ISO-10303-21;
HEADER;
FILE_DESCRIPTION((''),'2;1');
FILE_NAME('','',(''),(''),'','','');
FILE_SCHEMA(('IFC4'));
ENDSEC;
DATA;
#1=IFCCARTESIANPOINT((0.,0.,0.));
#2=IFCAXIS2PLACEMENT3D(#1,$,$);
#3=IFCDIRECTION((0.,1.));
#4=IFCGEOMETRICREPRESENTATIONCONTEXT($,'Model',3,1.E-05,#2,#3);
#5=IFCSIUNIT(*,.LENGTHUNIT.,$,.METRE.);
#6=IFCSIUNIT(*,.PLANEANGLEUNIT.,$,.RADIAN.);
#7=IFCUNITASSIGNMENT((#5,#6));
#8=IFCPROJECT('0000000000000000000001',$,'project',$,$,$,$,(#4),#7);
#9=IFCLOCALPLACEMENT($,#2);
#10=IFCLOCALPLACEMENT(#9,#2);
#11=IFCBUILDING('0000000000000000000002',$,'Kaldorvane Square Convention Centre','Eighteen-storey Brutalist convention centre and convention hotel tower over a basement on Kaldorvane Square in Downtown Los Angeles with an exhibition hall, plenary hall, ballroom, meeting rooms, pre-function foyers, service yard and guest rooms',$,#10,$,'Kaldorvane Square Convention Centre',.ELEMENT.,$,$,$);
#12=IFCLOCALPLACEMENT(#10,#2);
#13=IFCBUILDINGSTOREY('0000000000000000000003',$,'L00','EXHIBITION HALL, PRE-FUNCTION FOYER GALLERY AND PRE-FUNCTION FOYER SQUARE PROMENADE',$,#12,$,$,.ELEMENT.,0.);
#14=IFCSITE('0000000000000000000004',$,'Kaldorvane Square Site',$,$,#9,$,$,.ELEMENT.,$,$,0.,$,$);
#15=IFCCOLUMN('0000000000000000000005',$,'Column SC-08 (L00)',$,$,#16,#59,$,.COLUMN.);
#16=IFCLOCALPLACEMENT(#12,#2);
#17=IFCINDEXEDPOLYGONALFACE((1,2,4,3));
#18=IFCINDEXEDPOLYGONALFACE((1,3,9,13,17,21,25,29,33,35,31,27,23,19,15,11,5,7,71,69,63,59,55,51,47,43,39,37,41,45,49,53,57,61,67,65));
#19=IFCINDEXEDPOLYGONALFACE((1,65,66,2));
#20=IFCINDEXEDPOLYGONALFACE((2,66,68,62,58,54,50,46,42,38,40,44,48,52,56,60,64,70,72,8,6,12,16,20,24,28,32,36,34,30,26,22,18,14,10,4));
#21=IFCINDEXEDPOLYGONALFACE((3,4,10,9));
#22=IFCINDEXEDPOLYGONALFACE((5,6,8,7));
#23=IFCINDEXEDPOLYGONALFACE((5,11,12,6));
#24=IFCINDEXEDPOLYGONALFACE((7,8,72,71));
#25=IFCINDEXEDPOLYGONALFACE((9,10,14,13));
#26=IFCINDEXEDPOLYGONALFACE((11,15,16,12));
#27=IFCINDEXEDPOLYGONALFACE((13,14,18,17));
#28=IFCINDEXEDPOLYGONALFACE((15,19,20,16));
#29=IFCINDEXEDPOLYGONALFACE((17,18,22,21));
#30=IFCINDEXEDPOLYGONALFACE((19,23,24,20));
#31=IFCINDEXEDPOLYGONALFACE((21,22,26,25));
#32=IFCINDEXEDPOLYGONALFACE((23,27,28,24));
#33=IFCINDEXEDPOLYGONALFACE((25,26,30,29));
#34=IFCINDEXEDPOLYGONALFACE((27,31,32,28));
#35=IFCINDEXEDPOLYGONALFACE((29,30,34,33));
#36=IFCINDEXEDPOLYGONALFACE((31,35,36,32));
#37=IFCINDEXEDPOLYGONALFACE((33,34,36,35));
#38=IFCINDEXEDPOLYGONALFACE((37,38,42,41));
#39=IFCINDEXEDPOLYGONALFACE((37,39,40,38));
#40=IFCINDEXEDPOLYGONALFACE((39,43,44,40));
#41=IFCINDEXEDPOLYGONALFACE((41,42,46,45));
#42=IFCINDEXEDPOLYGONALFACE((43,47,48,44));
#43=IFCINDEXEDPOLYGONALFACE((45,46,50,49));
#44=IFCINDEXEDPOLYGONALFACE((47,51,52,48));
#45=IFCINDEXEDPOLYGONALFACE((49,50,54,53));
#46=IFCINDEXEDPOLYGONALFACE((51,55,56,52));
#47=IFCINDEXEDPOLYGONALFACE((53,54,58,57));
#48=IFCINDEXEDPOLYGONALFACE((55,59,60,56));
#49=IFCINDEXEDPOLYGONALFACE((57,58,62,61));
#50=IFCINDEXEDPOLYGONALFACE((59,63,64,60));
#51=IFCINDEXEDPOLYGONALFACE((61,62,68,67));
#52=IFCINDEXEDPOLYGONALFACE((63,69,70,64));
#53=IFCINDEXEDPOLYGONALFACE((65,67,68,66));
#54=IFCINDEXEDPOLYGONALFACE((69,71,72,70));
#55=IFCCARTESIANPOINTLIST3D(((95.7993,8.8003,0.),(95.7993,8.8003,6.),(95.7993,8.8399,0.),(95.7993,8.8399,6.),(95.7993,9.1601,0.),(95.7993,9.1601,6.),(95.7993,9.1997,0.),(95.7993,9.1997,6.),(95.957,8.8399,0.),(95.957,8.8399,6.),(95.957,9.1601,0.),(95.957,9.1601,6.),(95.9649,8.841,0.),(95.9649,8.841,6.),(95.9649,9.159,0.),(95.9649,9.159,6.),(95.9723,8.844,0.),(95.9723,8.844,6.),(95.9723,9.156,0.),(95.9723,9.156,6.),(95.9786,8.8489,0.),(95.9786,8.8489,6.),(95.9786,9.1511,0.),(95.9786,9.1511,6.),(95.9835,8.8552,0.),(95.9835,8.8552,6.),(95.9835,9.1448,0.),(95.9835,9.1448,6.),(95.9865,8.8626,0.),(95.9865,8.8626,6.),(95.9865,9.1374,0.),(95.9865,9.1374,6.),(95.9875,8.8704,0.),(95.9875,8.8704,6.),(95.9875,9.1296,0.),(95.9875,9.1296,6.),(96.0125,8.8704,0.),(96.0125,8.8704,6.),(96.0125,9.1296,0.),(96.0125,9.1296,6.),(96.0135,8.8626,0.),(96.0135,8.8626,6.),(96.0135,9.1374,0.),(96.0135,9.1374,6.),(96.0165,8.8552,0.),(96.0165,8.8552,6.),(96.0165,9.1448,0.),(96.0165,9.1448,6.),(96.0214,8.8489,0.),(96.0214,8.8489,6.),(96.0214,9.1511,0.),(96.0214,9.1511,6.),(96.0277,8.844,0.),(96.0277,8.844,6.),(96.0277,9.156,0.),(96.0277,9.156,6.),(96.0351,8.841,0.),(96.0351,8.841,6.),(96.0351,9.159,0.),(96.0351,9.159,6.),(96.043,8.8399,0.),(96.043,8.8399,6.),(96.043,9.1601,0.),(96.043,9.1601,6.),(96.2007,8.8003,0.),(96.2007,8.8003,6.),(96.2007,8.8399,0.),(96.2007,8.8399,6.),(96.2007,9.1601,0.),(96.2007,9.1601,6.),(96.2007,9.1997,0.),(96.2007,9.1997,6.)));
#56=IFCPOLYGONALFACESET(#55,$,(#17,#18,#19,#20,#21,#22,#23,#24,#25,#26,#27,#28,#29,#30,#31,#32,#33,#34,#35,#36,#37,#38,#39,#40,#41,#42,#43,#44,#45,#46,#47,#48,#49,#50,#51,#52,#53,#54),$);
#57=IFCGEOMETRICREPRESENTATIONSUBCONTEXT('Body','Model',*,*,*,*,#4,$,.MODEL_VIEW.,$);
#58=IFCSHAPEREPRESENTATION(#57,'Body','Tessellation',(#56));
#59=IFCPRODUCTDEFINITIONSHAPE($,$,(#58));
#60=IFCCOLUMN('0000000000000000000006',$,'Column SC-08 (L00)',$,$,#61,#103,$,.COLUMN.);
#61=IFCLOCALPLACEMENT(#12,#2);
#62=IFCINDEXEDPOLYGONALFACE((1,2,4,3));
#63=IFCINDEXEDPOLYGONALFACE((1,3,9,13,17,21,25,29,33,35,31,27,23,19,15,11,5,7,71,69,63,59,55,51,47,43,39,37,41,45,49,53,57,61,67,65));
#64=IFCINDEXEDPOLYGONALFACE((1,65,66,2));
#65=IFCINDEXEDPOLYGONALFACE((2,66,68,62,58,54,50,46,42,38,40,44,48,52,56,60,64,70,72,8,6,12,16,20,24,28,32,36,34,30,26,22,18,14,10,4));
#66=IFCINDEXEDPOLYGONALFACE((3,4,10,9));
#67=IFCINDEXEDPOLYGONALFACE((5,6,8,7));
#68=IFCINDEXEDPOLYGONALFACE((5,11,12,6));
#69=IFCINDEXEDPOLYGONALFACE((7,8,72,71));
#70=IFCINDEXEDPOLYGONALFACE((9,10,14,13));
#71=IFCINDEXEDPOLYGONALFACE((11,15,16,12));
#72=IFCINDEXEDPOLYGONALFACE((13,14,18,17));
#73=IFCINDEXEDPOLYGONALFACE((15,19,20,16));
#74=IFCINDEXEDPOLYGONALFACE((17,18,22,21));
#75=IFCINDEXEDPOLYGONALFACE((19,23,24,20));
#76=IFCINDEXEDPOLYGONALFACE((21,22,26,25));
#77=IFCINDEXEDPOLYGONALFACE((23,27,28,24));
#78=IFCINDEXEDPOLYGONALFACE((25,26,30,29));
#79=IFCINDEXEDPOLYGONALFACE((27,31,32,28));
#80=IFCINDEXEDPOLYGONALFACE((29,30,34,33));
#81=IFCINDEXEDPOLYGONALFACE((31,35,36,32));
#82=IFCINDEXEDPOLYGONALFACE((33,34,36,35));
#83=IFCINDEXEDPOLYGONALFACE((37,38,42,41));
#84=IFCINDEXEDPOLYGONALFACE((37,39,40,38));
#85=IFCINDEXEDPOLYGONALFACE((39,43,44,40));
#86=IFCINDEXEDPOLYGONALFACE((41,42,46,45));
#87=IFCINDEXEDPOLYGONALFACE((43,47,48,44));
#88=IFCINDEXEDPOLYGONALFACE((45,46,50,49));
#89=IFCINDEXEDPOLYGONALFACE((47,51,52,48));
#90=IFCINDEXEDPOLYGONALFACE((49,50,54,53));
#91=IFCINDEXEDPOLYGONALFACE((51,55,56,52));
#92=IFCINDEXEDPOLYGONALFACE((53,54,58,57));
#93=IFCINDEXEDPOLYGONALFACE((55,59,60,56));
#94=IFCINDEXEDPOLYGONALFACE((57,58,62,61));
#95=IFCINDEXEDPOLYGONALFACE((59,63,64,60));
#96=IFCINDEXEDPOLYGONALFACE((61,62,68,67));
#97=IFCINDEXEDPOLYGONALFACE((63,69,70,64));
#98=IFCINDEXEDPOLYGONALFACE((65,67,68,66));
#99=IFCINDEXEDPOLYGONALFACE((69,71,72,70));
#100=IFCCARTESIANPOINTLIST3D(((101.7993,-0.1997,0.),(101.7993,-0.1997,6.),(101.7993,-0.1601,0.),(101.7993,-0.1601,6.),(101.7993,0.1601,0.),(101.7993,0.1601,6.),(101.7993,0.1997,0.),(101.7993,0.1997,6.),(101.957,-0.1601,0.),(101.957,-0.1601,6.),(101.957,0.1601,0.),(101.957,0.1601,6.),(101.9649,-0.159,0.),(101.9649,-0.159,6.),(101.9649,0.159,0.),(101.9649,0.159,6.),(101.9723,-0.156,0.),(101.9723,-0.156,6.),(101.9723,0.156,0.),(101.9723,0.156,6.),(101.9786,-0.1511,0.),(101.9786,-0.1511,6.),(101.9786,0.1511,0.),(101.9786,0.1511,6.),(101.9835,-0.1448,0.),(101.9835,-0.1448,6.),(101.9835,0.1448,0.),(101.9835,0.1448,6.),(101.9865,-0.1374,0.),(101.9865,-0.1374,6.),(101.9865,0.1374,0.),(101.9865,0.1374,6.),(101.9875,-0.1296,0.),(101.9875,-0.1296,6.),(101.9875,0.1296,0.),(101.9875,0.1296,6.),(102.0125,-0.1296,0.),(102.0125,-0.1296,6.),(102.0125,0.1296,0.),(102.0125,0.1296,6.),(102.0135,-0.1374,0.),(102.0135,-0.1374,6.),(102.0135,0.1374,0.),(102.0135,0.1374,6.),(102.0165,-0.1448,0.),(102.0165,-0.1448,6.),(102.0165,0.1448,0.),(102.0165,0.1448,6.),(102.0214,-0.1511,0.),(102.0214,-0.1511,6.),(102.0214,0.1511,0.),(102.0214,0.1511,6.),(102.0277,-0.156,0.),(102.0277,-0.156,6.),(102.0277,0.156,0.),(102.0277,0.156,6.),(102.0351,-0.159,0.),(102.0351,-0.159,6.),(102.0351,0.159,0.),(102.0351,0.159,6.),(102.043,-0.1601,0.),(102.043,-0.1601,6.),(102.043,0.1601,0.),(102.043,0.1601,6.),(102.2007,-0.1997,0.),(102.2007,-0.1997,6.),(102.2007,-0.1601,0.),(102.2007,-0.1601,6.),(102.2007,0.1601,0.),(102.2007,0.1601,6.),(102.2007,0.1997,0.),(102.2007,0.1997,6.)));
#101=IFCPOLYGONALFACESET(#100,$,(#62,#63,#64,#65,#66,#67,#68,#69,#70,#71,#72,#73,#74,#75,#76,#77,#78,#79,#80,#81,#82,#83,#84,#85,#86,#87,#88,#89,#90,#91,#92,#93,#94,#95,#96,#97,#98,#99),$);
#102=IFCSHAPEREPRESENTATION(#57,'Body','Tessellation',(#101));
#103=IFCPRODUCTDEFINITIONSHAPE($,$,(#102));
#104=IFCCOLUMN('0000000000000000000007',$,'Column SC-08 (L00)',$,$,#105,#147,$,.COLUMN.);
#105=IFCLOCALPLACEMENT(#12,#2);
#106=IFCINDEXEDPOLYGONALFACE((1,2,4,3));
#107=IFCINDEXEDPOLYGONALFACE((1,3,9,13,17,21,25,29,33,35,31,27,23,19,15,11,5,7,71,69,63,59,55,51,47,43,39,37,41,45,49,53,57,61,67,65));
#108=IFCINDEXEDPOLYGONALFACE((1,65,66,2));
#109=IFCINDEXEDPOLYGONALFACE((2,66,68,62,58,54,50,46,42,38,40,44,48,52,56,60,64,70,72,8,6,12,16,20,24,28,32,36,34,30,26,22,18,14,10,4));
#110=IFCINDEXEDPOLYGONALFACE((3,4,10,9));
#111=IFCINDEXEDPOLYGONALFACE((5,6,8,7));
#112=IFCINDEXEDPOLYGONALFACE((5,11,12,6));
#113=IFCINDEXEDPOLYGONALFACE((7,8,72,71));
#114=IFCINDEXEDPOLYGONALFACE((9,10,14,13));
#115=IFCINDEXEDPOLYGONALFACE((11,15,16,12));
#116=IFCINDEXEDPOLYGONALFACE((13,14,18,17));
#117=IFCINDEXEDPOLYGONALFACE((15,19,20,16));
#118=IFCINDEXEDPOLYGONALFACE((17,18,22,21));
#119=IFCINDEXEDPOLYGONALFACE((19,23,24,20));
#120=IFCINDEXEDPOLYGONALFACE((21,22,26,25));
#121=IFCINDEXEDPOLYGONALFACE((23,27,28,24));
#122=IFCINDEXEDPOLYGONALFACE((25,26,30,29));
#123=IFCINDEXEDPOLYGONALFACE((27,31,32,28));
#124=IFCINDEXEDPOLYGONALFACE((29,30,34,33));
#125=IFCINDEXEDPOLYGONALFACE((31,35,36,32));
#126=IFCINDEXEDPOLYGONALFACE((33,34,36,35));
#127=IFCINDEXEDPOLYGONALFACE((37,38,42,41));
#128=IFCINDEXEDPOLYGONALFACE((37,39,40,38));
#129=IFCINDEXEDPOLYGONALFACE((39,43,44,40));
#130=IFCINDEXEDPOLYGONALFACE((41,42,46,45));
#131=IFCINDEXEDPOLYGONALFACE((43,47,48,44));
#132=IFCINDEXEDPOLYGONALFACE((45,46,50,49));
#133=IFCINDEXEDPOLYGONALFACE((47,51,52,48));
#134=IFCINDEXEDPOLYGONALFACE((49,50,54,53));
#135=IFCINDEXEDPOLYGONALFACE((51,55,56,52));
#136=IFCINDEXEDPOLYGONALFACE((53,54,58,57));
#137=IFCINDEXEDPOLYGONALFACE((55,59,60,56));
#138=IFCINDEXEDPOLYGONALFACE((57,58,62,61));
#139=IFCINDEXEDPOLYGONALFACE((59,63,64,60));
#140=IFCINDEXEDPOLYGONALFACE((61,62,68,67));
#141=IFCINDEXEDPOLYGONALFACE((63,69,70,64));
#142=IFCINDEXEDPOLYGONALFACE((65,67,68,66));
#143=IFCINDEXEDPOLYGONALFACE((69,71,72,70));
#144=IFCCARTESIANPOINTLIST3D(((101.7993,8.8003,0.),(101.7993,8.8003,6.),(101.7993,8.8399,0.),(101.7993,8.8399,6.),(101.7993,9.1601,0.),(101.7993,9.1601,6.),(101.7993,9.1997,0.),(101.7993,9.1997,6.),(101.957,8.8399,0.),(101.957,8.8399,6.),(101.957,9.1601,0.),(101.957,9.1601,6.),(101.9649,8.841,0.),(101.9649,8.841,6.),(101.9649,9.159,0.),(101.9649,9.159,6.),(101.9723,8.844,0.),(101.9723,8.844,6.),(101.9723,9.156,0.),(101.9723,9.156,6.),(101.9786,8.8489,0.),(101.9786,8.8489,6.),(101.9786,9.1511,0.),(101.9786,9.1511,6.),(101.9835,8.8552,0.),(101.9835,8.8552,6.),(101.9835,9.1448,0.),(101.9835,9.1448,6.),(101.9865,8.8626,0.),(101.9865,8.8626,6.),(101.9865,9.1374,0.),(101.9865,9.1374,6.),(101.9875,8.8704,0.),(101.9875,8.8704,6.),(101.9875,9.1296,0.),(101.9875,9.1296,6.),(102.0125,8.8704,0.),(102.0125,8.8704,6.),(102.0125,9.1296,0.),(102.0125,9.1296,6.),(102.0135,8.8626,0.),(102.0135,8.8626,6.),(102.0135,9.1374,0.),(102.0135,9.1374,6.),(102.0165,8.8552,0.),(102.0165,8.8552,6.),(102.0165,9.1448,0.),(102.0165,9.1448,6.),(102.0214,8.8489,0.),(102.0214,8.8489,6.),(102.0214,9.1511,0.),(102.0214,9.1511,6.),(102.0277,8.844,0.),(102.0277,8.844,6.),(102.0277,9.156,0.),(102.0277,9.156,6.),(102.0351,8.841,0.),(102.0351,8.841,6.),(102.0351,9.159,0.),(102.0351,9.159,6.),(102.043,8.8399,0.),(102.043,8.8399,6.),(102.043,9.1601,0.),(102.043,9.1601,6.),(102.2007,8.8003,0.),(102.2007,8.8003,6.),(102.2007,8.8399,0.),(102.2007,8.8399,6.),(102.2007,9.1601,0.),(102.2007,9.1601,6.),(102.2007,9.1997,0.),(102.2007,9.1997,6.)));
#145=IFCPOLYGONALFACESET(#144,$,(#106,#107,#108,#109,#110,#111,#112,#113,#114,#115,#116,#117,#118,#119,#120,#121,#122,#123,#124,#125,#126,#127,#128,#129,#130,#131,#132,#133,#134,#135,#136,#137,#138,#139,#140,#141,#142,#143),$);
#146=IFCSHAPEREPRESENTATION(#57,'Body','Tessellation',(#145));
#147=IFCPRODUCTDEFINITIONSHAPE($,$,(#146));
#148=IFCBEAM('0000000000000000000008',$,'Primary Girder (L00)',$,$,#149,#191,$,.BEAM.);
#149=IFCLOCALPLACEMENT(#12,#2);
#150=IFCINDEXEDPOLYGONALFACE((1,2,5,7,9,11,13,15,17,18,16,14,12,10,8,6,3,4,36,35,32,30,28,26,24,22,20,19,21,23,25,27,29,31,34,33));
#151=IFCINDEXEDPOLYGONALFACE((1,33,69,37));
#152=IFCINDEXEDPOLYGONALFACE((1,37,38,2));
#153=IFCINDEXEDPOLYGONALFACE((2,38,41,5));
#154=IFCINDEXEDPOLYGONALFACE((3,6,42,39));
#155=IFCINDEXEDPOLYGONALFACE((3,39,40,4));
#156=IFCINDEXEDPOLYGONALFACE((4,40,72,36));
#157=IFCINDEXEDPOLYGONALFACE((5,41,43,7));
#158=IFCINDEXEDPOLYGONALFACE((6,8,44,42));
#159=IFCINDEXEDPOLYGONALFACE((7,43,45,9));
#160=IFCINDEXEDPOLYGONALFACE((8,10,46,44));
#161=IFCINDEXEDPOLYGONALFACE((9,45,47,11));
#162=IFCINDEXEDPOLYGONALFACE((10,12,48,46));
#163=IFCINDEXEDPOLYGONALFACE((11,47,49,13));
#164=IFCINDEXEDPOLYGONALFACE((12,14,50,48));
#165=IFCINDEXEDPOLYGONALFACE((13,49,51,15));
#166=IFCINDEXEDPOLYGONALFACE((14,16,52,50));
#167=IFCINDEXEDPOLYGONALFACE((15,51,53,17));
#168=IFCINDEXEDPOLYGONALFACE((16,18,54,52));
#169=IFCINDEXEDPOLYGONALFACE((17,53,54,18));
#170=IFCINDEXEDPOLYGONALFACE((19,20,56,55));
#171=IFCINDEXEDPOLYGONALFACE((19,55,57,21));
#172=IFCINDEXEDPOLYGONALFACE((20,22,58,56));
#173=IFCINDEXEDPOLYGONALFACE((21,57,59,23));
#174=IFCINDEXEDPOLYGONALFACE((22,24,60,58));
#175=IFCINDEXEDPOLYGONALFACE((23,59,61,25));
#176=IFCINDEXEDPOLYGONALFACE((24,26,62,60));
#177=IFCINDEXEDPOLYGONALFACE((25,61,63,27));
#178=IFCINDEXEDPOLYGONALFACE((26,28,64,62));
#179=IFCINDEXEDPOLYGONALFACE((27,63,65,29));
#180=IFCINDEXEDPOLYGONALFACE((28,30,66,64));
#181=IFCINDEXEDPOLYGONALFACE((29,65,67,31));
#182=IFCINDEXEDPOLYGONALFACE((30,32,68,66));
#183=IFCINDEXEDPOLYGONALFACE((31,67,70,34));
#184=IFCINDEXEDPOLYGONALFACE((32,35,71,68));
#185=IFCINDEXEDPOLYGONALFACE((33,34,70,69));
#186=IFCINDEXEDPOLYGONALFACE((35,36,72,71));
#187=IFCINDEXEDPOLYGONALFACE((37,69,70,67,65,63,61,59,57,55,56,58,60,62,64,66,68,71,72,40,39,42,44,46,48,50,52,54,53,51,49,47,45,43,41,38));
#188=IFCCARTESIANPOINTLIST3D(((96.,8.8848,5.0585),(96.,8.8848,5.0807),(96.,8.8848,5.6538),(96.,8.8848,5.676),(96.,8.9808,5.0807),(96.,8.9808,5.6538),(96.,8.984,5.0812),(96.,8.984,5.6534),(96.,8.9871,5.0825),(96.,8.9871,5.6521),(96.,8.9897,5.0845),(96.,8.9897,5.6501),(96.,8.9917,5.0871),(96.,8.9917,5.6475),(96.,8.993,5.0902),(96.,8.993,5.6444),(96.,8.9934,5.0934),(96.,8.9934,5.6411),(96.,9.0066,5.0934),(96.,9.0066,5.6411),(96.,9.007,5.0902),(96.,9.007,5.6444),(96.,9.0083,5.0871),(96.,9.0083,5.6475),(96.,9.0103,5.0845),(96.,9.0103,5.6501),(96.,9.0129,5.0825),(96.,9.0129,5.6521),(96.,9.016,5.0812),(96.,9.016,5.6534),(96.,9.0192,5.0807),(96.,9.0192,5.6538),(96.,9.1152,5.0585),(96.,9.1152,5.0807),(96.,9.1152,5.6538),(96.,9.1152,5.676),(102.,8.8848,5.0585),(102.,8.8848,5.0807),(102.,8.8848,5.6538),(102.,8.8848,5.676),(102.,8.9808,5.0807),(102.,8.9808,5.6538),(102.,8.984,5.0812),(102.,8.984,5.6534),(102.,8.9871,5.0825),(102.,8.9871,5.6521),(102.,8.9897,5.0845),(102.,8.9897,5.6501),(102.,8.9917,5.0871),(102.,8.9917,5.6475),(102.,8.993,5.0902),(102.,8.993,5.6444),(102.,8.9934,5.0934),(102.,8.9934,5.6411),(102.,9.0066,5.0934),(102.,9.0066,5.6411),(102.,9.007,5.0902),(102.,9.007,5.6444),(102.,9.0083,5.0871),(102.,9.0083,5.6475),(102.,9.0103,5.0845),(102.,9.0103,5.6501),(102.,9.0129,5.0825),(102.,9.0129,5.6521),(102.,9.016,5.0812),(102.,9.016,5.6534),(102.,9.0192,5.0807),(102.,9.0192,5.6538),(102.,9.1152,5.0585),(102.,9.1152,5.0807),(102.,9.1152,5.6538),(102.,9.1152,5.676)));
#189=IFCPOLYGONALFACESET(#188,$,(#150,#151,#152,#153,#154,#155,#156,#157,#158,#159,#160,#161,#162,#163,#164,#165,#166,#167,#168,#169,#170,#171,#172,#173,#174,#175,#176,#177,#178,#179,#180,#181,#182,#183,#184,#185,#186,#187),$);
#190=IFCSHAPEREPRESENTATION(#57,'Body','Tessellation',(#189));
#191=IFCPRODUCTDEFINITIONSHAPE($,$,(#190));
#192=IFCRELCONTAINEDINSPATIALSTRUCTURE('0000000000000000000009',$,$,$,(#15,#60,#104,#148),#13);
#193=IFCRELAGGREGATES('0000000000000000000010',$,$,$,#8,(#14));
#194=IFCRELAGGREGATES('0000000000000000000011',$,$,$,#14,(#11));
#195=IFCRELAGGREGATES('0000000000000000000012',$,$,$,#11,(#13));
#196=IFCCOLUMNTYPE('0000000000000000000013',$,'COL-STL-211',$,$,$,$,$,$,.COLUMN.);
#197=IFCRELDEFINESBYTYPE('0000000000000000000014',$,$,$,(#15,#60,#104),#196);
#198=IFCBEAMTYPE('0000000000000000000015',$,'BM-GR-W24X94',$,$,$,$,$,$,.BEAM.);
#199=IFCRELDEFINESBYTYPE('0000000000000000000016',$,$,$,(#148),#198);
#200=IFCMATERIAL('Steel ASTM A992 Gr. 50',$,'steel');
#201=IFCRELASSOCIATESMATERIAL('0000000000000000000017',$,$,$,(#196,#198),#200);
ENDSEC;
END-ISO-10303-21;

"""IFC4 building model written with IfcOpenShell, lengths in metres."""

from ifc_helpers import new_model, si_unit, direction, frame, origin, origin_2d, place, context, subcontext, project, spatial, i_section, extrude, material, material_profile, profile_set, type_object, element, save


model = new_model("IFC4")

# Units and contexts
model_context = context("Model", 3, precision=1e-05, world=origin(), true_north=direction((0.0, 1.0)))
body_context = subcontext(model_context, "Body", "Model", "MODEL_VIEW")
ifc_project = project(units=[si_unit("LENGTHUNIT", "METRE"), si_unit("PLANEANGLEUNIT", "RADIAN")], contexts=[model_context])

# Site, building, storey
site_placement = place(None, origin())
site = spatial("IfcSite", under=ifc_project, at=site_placement, Name="Kaldorvane Square Site", CompositionType="ELEMENT", RefElevation=0.0)
building_placement = place(site_placement, origin())
building = spatial("IfcBuilding", under=site, at=building_placement, Name="Kaldorvane Square Convention Centre", Description="Eighteen-storey Brutalist convention centre and convention hotel tower over a basement on Kaldorvane Square in Downtown Los Angeles with an exhibition hall, plenary hall, ballroom, meeting rooms, pre-function foyers, service yard and guest rooms", LongName="Kaldorvane Square Convention Centre", CompositionType="ELEMENT")
storey_placement = place(building_placement, origin())
storey = spatial("IfcBuildingStorey", under=building, at=storey_placement, Name="L00", Description="EXHIBITION HALL, PRE-FUNCTION FOYER GALLERY AND PRE-FUNCTION FOYER SQUARE PROMENADE", CompositionType="ELEMENT", Elevation=0.0)

# Columns
ifc_material_1 = material(Name="Steel ASTM A992 Gr. 50", Category="steel")
ifc_material_profile_1 = material_profile(ifc_material_1, i_section(OverallWidth=0.4013, OverallDepth=0.3993, WebThickness=0.0249, FlangeThickness=0.0396, FilletRadius=0.0305, at=origin_2d()), Name="W14X211")
ifc_profile_set_1 = profile_set([ifc_material_profile_1], Name="Steel ASTM A992 Gr. 50")
column_type = type_object("IfcColumnType", Name="COL-STL-211", PredefinedType="COLUMN", material=ifc_profile_set_1)
for number, where, z_axis, x_axis, name in (
    (1, (96.0, 9.0, 0.0), (0.0, 0.0, 1.0), (1.0, 0.0, 0.0), "Column SC-08 (L00)"),
    (2, (102.0, 0.0, 0.0), (0.0, 0.0, 1.0), (1.0, 0.0, 0.0), "Column SC-08 (L00)"),
    (3, (102.0, 9.0, 0.0), (0.0, 0.0, 1.0), (1.0, 0.0, 0.0), "Column SC-08 (L00)"),
):
    element("IfcColumn", number, at=place(storey_placement, frame(where, z_axis=z_axis, x_axis=x_axis)), inside=storey, type_object=column_type, Name=name, PredefinedType="COLUMN", context=body_context, shape_type="SweptSolid", body=[
        extrude(i_section(OverallWidth=0.4013, OverallDepth=0.3993, WebThickness=0.0249, FlangeThickness=0.0396, FilletRadius=0.0305, at=origin_2d()), origin(), (0.0, 0.0, 1.0), 6.0),
    ])

# Beam
ifc_material_profile_2 = material_profile(ifc_material_1, i_section(OverallWidth=0.2303, OverallDepth=0.6175, WebThickness=0.0131, FlangeThickness=0.0222, FilletRadius=0.0127, at=origin_2d()), Name="W24X94")
ifc_profile_set_2 = profile_set([ifc_material_profile_2], Name="Steel ASTM A992 Gr. 50")
beam_type_1 = type_object("IfcBeamType", Name="BM-GR-W24X94", PredefinedType="BEAM", material=ifc_profile_set_2)
beam_1_placement = place(storey_placement, frame((96.0, 9.0, 5.3673), z_axis=(1.0, 0.0, 0.0), x_axis=(0.0, 1.0, 0.0)))
element("IfcBeam", 4, at=beam_1_placement, inside=storey, type_object=beam_type_1, Name="Primary Girder (L00)", PredefinedType="BEAM", context=body_context, shape_type="SweptSolid", body=[
    extrude(i_section(OverallWidth=0.2303, OverallDepth=0.6175, WebThickness=0.0131, FlangeThickness=0.0222, FilletRadius=0.0127, at=origin_2d()), origin(), (0.0, 0.0, 1.0), 6.0),
])

save(model, "model.ifc")
